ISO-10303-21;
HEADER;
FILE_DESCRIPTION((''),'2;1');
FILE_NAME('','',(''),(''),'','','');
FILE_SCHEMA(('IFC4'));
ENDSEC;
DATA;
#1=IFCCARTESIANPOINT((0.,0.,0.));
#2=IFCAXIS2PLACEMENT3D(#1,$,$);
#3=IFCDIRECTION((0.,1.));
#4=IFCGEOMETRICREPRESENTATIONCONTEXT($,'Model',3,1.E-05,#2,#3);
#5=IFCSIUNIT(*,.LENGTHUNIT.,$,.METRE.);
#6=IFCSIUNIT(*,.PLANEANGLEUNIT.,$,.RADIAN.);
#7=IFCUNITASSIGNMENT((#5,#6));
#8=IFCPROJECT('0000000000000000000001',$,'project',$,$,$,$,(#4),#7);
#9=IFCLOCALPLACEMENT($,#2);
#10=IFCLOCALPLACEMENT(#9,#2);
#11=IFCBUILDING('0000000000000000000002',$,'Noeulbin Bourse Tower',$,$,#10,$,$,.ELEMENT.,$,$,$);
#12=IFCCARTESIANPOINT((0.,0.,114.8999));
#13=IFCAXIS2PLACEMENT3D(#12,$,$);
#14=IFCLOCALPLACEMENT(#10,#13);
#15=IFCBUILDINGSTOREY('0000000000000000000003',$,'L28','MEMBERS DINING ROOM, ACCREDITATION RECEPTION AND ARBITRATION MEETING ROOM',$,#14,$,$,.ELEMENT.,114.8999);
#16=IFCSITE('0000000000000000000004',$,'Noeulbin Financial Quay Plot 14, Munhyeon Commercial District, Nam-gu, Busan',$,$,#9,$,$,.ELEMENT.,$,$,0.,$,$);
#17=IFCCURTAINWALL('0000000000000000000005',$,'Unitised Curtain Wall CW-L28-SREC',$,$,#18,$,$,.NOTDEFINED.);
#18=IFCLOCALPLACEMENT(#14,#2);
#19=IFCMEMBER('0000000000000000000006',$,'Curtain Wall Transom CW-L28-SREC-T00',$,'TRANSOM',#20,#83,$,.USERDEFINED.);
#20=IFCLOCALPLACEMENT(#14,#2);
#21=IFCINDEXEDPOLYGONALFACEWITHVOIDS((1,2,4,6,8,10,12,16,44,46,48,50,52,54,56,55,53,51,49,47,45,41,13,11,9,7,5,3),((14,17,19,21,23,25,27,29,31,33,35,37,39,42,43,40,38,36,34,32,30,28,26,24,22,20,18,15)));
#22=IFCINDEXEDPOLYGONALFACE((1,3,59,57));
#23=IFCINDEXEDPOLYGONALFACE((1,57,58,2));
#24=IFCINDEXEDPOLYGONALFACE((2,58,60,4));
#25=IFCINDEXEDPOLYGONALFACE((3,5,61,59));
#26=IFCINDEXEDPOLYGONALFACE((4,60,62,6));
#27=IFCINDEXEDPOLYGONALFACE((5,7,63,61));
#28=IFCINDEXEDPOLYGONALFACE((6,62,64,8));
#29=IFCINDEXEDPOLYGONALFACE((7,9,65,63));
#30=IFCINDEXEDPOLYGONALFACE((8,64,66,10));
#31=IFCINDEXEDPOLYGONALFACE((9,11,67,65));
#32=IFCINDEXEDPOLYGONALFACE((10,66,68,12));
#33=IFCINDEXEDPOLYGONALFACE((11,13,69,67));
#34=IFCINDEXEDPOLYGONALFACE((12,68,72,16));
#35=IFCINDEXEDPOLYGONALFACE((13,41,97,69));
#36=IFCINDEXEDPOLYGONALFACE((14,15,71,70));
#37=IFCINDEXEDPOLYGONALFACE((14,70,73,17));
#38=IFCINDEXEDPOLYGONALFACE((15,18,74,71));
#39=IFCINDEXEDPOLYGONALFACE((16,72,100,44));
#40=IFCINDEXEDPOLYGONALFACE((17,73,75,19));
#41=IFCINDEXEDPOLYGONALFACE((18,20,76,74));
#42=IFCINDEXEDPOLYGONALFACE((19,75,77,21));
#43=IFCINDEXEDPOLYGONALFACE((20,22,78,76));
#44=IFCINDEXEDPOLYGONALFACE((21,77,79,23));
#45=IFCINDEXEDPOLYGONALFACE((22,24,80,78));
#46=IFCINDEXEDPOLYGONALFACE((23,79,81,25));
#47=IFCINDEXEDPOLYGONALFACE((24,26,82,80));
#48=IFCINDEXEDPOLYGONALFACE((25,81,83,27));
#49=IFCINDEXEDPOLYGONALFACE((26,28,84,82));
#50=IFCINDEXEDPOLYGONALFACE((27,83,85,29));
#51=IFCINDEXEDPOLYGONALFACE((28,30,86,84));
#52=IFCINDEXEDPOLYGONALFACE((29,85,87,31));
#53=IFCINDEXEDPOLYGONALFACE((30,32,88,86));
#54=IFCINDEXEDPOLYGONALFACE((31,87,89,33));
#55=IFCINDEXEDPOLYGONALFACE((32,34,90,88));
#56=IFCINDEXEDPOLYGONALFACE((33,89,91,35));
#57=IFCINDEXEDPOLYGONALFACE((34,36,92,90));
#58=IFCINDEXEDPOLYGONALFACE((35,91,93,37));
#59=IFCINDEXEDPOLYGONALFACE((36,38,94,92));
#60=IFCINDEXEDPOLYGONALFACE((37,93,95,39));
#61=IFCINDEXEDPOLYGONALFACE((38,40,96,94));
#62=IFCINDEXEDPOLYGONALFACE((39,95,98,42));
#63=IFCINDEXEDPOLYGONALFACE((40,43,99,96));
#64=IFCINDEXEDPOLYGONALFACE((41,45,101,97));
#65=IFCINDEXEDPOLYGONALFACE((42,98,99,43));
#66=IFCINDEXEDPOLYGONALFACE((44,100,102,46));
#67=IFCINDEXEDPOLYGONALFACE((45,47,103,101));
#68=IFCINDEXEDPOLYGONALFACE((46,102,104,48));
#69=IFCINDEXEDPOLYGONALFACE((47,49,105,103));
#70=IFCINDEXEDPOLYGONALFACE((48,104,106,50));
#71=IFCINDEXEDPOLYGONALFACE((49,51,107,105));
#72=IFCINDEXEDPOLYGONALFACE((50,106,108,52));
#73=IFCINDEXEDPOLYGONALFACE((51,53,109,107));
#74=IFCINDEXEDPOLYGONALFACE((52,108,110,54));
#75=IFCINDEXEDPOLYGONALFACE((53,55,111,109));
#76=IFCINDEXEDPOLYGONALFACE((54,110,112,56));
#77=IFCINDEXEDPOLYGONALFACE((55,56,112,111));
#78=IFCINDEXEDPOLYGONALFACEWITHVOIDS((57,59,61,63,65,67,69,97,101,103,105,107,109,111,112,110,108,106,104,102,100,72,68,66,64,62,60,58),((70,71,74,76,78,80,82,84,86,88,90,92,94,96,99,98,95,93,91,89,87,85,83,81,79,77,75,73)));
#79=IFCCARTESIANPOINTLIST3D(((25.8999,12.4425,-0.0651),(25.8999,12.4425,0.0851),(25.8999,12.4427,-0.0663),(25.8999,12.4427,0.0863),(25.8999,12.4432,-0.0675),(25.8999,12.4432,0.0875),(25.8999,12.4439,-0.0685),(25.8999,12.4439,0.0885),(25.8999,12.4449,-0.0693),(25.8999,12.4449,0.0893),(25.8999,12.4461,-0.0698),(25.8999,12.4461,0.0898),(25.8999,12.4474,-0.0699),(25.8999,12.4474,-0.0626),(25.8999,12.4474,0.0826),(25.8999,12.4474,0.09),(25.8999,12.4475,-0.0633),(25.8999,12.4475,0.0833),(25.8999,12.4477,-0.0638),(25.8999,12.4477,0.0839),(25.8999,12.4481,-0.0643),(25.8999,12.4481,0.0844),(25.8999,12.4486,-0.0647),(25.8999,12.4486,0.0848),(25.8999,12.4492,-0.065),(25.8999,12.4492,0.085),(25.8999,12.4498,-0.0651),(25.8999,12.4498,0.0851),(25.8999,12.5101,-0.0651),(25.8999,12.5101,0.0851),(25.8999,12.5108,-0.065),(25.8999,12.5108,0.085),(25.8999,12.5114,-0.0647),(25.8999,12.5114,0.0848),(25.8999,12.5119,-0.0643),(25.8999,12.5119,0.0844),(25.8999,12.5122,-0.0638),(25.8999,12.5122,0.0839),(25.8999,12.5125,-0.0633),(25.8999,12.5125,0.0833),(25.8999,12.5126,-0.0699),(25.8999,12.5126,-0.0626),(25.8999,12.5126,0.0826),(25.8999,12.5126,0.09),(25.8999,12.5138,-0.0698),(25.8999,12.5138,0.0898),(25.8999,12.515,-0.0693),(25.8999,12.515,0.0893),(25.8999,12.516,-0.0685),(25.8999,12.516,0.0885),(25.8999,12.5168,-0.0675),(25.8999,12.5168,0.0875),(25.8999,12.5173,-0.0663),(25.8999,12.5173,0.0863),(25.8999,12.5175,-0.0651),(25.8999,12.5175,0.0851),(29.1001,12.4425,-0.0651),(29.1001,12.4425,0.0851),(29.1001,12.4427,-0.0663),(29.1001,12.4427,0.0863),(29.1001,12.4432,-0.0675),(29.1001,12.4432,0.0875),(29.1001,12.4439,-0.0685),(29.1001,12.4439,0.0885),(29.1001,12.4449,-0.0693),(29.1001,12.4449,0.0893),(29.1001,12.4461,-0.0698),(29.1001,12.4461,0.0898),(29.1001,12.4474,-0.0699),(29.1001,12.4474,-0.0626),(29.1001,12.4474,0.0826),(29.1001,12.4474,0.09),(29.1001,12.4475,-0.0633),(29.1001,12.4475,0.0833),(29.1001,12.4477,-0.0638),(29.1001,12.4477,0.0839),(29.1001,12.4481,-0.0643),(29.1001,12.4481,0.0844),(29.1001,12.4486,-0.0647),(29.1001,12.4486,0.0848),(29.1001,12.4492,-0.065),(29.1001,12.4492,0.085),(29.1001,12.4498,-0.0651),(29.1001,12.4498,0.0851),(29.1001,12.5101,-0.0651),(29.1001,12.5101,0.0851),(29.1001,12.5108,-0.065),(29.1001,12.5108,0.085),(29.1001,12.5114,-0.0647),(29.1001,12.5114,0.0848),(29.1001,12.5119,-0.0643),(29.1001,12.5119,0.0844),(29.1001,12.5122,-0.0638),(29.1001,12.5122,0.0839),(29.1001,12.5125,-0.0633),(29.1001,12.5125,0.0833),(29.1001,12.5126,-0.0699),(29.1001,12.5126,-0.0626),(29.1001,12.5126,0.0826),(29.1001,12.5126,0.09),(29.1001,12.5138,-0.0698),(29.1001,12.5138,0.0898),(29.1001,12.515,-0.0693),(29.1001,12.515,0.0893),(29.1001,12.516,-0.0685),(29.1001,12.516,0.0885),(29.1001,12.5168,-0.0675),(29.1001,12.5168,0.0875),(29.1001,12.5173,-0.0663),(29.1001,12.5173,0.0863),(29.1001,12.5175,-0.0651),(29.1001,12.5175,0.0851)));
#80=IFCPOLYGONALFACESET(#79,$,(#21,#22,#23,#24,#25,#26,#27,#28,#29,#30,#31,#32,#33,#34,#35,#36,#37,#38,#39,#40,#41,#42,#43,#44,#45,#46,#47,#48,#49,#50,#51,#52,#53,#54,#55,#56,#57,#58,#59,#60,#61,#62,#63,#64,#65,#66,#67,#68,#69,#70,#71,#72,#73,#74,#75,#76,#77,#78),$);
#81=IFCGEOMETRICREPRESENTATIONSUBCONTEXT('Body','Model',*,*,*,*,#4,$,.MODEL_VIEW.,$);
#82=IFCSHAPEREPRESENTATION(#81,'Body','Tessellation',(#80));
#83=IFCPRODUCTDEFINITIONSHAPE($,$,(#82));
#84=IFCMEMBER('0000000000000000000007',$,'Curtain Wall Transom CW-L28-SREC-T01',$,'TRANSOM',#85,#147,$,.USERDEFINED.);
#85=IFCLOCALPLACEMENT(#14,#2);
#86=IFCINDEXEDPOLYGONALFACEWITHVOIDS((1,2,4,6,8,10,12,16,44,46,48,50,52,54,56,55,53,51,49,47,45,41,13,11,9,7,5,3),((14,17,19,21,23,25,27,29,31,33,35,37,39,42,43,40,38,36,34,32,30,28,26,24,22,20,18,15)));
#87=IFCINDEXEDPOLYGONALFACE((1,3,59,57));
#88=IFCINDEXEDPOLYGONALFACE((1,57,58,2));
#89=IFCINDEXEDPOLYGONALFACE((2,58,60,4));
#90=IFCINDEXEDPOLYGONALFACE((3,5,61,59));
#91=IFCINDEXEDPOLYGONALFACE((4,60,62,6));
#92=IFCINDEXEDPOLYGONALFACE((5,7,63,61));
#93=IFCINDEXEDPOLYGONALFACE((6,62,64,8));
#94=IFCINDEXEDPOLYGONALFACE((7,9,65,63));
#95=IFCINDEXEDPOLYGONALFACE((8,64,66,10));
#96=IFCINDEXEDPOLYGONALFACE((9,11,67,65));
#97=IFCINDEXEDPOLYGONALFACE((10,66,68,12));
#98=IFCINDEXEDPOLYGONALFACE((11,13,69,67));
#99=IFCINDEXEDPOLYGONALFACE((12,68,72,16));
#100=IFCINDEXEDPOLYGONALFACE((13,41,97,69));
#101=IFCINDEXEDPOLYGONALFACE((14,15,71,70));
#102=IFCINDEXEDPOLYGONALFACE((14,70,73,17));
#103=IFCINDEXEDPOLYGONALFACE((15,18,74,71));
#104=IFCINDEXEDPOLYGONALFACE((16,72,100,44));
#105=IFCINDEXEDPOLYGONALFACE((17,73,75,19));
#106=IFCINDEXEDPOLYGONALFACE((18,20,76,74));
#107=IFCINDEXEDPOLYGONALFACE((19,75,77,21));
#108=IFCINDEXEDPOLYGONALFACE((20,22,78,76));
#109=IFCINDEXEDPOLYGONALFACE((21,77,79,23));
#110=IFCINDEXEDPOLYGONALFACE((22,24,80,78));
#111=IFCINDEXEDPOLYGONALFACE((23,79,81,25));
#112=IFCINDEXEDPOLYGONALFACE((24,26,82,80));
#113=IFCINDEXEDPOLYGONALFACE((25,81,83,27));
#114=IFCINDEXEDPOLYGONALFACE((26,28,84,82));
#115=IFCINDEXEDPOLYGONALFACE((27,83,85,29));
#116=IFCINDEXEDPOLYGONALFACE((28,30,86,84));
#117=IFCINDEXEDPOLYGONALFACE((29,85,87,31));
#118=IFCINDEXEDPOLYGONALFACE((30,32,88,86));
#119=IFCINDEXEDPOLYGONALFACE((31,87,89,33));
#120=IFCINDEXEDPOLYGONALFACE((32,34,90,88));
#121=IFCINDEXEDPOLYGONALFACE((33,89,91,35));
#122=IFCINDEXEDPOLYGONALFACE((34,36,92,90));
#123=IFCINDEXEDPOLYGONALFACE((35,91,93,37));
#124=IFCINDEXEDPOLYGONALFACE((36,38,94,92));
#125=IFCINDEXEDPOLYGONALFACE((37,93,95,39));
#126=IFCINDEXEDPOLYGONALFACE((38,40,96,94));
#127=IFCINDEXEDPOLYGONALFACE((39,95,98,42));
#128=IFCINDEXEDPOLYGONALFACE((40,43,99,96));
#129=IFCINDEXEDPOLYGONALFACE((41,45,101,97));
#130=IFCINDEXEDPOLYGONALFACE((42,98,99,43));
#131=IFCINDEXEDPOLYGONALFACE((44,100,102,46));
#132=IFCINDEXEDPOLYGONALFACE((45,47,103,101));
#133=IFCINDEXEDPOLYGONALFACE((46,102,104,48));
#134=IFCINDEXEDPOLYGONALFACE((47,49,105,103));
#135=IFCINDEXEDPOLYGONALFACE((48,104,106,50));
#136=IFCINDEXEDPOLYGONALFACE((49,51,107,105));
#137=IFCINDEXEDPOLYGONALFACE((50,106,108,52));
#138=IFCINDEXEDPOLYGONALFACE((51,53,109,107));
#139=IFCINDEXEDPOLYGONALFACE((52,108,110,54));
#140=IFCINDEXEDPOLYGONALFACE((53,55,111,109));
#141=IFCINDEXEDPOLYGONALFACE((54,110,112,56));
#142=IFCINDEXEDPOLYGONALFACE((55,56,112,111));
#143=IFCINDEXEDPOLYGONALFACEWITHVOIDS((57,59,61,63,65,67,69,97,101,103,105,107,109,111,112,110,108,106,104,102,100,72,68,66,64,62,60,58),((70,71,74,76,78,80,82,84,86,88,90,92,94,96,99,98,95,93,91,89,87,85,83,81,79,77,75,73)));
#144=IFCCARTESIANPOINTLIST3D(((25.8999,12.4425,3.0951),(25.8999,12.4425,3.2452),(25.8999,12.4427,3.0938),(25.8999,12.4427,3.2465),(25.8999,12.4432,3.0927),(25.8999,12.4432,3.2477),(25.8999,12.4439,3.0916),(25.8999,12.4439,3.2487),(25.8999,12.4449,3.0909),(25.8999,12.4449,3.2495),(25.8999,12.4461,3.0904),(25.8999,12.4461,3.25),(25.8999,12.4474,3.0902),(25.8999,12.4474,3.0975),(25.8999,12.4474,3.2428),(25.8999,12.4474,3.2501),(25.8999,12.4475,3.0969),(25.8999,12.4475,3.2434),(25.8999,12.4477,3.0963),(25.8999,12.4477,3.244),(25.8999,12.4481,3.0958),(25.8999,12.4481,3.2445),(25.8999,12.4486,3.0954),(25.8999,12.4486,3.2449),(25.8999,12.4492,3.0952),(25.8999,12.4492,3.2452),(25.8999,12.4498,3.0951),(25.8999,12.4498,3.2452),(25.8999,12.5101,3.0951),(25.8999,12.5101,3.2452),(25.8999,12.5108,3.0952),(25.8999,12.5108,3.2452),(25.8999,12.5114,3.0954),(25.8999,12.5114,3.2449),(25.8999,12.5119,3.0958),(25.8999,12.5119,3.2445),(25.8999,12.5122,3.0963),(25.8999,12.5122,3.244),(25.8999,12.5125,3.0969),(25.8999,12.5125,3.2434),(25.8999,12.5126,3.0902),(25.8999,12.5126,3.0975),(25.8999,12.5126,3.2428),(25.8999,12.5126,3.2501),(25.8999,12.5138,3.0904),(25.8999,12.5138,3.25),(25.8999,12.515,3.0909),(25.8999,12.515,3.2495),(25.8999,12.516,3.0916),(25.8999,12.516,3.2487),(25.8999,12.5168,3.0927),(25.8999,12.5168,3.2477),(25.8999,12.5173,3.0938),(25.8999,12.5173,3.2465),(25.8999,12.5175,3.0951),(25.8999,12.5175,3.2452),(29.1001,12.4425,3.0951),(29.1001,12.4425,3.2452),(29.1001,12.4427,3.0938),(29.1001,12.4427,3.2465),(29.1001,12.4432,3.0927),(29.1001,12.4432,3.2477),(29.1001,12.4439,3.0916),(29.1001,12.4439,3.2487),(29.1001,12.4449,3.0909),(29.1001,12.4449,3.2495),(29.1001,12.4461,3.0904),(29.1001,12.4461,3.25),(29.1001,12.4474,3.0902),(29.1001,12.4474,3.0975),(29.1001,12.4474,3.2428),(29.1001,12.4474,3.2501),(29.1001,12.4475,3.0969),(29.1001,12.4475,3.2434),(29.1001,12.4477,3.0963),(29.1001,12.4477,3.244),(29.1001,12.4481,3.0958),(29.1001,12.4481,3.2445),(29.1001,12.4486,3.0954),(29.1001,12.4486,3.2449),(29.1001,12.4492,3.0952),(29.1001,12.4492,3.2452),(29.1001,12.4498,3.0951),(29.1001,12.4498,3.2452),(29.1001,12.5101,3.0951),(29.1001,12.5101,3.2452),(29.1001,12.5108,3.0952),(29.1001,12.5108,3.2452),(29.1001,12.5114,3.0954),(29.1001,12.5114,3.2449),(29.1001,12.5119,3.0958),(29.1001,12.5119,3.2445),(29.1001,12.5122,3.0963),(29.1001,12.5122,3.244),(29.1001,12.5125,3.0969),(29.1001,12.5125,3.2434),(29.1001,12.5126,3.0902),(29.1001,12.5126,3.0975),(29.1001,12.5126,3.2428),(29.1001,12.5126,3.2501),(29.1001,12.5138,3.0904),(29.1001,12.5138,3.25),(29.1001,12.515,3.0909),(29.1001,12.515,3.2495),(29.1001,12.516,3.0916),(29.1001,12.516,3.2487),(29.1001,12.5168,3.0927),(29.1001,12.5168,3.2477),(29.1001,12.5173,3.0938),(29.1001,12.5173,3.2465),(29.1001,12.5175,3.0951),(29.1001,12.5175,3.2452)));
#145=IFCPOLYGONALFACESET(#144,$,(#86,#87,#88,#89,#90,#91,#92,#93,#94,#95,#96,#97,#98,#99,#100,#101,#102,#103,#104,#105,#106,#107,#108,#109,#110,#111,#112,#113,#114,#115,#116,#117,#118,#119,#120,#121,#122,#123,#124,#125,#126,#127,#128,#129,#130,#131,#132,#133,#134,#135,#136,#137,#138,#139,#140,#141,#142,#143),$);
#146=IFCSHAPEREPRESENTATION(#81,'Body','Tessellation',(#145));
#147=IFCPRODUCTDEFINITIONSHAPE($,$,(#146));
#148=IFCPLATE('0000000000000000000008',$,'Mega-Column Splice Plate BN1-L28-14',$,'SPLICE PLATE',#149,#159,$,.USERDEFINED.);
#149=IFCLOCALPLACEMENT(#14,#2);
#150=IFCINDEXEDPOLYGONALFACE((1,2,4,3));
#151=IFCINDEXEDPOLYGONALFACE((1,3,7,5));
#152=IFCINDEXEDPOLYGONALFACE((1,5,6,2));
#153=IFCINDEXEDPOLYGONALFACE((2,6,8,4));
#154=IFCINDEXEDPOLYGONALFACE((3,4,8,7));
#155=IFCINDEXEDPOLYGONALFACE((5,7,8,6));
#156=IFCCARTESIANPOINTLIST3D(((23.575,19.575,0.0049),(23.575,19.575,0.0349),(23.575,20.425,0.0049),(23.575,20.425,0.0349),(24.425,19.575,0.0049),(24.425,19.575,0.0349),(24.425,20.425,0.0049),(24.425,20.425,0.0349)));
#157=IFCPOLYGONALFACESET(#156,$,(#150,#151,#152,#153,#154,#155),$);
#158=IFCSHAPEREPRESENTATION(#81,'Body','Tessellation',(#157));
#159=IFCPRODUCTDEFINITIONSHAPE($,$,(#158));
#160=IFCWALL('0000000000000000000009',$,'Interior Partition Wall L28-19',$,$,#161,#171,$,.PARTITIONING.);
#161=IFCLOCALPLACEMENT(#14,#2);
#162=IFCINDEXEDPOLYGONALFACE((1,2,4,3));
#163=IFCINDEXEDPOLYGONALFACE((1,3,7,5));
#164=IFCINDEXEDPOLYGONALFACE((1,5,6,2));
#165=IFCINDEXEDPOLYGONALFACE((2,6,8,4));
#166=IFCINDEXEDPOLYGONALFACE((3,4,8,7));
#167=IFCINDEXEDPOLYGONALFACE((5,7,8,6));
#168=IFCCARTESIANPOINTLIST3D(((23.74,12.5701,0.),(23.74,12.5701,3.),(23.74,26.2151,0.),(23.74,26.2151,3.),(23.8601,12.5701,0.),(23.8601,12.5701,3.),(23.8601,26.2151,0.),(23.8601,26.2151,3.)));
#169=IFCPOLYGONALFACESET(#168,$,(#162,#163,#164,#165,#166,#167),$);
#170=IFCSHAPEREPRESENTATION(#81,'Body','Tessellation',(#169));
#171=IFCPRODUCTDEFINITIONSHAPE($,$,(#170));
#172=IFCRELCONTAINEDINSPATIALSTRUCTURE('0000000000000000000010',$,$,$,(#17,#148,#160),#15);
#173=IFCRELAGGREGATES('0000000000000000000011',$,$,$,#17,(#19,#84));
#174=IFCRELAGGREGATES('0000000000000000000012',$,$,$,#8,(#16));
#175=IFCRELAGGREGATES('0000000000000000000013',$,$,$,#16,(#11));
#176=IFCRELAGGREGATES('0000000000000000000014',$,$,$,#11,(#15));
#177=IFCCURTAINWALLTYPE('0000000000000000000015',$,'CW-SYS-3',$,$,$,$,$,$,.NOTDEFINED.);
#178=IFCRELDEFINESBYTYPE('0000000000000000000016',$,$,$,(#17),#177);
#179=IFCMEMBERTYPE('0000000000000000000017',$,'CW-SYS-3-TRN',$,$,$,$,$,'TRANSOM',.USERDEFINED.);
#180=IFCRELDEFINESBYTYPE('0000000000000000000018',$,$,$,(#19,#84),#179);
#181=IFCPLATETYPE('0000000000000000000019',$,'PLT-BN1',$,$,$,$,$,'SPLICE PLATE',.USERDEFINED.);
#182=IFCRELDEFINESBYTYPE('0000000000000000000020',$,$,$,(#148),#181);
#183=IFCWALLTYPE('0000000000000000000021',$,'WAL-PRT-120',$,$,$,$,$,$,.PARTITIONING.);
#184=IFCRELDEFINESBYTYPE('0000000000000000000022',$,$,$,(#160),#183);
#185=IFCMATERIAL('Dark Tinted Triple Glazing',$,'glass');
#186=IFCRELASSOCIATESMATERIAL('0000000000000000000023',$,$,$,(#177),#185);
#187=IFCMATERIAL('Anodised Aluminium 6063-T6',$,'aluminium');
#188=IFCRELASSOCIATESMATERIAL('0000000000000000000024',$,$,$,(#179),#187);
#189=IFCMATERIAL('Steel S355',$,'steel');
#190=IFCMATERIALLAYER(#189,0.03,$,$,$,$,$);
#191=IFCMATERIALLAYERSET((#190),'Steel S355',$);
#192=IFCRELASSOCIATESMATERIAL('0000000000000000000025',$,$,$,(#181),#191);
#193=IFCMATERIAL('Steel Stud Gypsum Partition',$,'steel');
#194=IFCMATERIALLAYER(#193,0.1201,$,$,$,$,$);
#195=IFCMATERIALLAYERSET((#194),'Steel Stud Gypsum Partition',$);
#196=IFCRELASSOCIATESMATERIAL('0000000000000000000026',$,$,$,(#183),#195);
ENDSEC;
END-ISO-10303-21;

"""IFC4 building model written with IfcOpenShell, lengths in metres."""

from ifc_helpers import new_model, si_unit, direction, frame, frame_2d, origin, origin_2d, place, context, subcontext, project, spatial, rectangle, hollow_rectangle, extrude, material, layer, layer_set, material_profile, profile_set, type_object, element, aggregate, save


model = new_model("IFC4")

# Units and contexts
model_context = context("Model", 3, precision=1e-05, world=origin(), true_north=direction((0.0, 1.0)))
body_context = subcontext(model_context, "Body", "Model", "MODEL_VIEW")
ifc_project = project(units=[si_unit("LENGTHUNIT", "METRE"), si_unit("PLANEANGLEUNIT", "RADIAN")], contexts=[model_context])

# Site, building, storey
site_placement = place(None, origin())
site = spatial("IfcSite", under=ifc_project, at=site_placement, Name="Noeulbin Financial Quay Plot 14, Munhyeon Commercial District, Nam-gu, Busan", CompositionType="ELEMENT", RefElevation=0.0)
building_placement = place(site_placement, origin())
building = spatial("IfcBuilding", under=site, at=building_placement, Name="Noeulbin Bourse Tower", CompositionType="ELEMENT")
storey_placement = place(building_placement, frame((0.0, 0.0, 114.8999)))
storey = spatial("IfcBuildingStorey", under=building, at=storey_placement, Name="L28", Description="MEMBERS DINING ROOM, ACCREDITATION RECEPTION AND ARBITRATION MEETING ROOM", CompositionType="ELEMENT", Elevation=114.8999)

# Shared definitions
ifc_material_1 = material(Name="Steel S355", Category="steel")

# Curtain wall, members
ifc_material_2 = material(Name="Dark Tinted Triple Glazing", Category="glass")
curtain_wall_type = type_object("IfcCurtainWallType", Name="CW-SYS-3", PredefinedType="NOTDEFINED", material=ifc_material_2)
curtain_wall_placement = place(storey_placement, origin())
curtain_wall = element("IfcCurtainWall", 1, at=curtain_wall_placement, inside=storey, type_object=curtain_wall_type, Name="Unitised Curtain Wall CW-L28-SREC", PredefinedType="NOTDEFINED")
ifc_material_3 = material(Name="Anodised Aluminium 6063-T6", Category="aluminium")
ifc_material_profile_1 = material_profile(ifc_material_3, hollow_rectangle(XDim=0.075, YDim=0.1599, WallThickness=0.0049, InnerFilletRadius=0.0024, OuterFilletRadius=0.0049, at=origin_2d()), Name="ALU-TRAN-75x160x5", Category="LoadBearing")
ifc_profile_set_1 = profile_set([ifc_material_profile_1], Name="Anodised Aluminium 6063-T6")
member_type_1 = type_object("IfcMemberType", Name="CW-SYS-3-TRN", ElementType="TRANSOM", PredefinedType="USERDEFINED", material=ifc_profile_set_1)
member_1_placement = place(storey_placement, frame((25.8999, 12.48, 0.01), z_axis=(1.0, 0.0, 0.0), x_axis=(0.0, 1.0, 0.0)))
member_1 = element("IfcMember", 2, at=member_1_placement, type_object=member_type_1, Name="Curtain Wall Transom CW-L28-SREC-T00", ObjectType="TRANSOM", PredefinedType="USERDEFINED", context=body_context, shape_type="SweptSolid", body=[
    extrude(hollow_rectangle(XDim=0.075, YDim=0.1599, WallThickness=0.0049, InnerFilletRadius=0.0024, OuterFilletRadius=0.0049, at=origin_2d()), origin(), (0.0, 0.0, 1.0), 3.2002),
])
member_2_placement = place(storey_placement, frame((25.8999, 12.48, 3.1702), z_axis=(1.0, 0.0, 0.0), x_axis=(0.0, 1.0, 0.0)))
member_2 = element("IfcMember", 3, at=member_2_placement, type_object=member_type_1, Name="Curtain Wall Transom CW-L28-SREC-T01", ObjectType="TRANSOM", PredefinedType="USERDEFINED", context=body_context, shape_type="SweptSolid", body=[
    extrude(hollow_rectangle(XDim=0.075, YDim=0.1599, WallThickness=0.0049, InnerFilletRadius=0.0024, OuterFilletRadius=0.0049, at=origin_2d()), origin(), (0.0, 0.0, 1.0), 3.2002),
])
aggregate(curtain_wall, [member_1, member_2])

# Plate
ifc_layer_1 = layer(ifc_material_1, 0.03)
ifc_layer_set_1 = layer_set([ifc_layer_1], Name="Steel S355")
plate_type = type_object("IfcPlateType", Name="PLT-BN1", ElementType="SPLICE PLATE", PredefinedType="USERDEFINED", material=ifc_layer_set_1)
plate_placement = place(storey_placement, frame((24.0, 20.0, 0.0049), z_axis=(0.0, 0.0, 1.0), x_axis=(1.0, 0.0, 0.0)))
element("IfcPlate", 4, at=plate_placement, inside=storey, type_object=plate_type, Name="Mega-Column Splice Plate BN1-L28-14", ObjectType="SPLICE PLATE", PredefinedType="USERDEFINED", context=body_context, shape_type="SweptSolid", body=[
    extrude(rectangle(XDim=0.8501, YDim=0.8501, at=origin_2d()), origin(), (0.0, 0.0, 1.0), 0.03),
])

# Wall
ifc_material_4 = material(Name="Steel Stud Gypsum Partition", Category="steel")
ifc_layer_2 = layer(ifc_material_4, 0.1201)
ifc_layer_set_2 = layer_set([ifc_layer_2], Name="Steel Stud Gypsum Partition")
wall_type = type_object("IfcWallType", Name="WAL-PRT-120", PredefinedType="PARTITIONING", material=ifc_layer_set_2)
wall_placement = place(storey_placement, frame((23.8, 12.5701, 0.0), z_axis=(0.0, 0.0, 1.0), x_axis=(0.0, 1.0, 0.0)))
element("IfcWall", 5, at=wall_placement, inside=storey, type_object=wall_type, Name="Interior Partition Wall L28-19", PredefinedType="PARTITIONING", context=body_context, shape_type="SweptSolid", body=[
    extrude(rectangle(XDim=13.645, YDim=0.1201, at=frame_2d((6.8225, 0.0))), origin(), (0.0, 0.0, 1.0), 3.0),
])

save(model, "model.ifc")
